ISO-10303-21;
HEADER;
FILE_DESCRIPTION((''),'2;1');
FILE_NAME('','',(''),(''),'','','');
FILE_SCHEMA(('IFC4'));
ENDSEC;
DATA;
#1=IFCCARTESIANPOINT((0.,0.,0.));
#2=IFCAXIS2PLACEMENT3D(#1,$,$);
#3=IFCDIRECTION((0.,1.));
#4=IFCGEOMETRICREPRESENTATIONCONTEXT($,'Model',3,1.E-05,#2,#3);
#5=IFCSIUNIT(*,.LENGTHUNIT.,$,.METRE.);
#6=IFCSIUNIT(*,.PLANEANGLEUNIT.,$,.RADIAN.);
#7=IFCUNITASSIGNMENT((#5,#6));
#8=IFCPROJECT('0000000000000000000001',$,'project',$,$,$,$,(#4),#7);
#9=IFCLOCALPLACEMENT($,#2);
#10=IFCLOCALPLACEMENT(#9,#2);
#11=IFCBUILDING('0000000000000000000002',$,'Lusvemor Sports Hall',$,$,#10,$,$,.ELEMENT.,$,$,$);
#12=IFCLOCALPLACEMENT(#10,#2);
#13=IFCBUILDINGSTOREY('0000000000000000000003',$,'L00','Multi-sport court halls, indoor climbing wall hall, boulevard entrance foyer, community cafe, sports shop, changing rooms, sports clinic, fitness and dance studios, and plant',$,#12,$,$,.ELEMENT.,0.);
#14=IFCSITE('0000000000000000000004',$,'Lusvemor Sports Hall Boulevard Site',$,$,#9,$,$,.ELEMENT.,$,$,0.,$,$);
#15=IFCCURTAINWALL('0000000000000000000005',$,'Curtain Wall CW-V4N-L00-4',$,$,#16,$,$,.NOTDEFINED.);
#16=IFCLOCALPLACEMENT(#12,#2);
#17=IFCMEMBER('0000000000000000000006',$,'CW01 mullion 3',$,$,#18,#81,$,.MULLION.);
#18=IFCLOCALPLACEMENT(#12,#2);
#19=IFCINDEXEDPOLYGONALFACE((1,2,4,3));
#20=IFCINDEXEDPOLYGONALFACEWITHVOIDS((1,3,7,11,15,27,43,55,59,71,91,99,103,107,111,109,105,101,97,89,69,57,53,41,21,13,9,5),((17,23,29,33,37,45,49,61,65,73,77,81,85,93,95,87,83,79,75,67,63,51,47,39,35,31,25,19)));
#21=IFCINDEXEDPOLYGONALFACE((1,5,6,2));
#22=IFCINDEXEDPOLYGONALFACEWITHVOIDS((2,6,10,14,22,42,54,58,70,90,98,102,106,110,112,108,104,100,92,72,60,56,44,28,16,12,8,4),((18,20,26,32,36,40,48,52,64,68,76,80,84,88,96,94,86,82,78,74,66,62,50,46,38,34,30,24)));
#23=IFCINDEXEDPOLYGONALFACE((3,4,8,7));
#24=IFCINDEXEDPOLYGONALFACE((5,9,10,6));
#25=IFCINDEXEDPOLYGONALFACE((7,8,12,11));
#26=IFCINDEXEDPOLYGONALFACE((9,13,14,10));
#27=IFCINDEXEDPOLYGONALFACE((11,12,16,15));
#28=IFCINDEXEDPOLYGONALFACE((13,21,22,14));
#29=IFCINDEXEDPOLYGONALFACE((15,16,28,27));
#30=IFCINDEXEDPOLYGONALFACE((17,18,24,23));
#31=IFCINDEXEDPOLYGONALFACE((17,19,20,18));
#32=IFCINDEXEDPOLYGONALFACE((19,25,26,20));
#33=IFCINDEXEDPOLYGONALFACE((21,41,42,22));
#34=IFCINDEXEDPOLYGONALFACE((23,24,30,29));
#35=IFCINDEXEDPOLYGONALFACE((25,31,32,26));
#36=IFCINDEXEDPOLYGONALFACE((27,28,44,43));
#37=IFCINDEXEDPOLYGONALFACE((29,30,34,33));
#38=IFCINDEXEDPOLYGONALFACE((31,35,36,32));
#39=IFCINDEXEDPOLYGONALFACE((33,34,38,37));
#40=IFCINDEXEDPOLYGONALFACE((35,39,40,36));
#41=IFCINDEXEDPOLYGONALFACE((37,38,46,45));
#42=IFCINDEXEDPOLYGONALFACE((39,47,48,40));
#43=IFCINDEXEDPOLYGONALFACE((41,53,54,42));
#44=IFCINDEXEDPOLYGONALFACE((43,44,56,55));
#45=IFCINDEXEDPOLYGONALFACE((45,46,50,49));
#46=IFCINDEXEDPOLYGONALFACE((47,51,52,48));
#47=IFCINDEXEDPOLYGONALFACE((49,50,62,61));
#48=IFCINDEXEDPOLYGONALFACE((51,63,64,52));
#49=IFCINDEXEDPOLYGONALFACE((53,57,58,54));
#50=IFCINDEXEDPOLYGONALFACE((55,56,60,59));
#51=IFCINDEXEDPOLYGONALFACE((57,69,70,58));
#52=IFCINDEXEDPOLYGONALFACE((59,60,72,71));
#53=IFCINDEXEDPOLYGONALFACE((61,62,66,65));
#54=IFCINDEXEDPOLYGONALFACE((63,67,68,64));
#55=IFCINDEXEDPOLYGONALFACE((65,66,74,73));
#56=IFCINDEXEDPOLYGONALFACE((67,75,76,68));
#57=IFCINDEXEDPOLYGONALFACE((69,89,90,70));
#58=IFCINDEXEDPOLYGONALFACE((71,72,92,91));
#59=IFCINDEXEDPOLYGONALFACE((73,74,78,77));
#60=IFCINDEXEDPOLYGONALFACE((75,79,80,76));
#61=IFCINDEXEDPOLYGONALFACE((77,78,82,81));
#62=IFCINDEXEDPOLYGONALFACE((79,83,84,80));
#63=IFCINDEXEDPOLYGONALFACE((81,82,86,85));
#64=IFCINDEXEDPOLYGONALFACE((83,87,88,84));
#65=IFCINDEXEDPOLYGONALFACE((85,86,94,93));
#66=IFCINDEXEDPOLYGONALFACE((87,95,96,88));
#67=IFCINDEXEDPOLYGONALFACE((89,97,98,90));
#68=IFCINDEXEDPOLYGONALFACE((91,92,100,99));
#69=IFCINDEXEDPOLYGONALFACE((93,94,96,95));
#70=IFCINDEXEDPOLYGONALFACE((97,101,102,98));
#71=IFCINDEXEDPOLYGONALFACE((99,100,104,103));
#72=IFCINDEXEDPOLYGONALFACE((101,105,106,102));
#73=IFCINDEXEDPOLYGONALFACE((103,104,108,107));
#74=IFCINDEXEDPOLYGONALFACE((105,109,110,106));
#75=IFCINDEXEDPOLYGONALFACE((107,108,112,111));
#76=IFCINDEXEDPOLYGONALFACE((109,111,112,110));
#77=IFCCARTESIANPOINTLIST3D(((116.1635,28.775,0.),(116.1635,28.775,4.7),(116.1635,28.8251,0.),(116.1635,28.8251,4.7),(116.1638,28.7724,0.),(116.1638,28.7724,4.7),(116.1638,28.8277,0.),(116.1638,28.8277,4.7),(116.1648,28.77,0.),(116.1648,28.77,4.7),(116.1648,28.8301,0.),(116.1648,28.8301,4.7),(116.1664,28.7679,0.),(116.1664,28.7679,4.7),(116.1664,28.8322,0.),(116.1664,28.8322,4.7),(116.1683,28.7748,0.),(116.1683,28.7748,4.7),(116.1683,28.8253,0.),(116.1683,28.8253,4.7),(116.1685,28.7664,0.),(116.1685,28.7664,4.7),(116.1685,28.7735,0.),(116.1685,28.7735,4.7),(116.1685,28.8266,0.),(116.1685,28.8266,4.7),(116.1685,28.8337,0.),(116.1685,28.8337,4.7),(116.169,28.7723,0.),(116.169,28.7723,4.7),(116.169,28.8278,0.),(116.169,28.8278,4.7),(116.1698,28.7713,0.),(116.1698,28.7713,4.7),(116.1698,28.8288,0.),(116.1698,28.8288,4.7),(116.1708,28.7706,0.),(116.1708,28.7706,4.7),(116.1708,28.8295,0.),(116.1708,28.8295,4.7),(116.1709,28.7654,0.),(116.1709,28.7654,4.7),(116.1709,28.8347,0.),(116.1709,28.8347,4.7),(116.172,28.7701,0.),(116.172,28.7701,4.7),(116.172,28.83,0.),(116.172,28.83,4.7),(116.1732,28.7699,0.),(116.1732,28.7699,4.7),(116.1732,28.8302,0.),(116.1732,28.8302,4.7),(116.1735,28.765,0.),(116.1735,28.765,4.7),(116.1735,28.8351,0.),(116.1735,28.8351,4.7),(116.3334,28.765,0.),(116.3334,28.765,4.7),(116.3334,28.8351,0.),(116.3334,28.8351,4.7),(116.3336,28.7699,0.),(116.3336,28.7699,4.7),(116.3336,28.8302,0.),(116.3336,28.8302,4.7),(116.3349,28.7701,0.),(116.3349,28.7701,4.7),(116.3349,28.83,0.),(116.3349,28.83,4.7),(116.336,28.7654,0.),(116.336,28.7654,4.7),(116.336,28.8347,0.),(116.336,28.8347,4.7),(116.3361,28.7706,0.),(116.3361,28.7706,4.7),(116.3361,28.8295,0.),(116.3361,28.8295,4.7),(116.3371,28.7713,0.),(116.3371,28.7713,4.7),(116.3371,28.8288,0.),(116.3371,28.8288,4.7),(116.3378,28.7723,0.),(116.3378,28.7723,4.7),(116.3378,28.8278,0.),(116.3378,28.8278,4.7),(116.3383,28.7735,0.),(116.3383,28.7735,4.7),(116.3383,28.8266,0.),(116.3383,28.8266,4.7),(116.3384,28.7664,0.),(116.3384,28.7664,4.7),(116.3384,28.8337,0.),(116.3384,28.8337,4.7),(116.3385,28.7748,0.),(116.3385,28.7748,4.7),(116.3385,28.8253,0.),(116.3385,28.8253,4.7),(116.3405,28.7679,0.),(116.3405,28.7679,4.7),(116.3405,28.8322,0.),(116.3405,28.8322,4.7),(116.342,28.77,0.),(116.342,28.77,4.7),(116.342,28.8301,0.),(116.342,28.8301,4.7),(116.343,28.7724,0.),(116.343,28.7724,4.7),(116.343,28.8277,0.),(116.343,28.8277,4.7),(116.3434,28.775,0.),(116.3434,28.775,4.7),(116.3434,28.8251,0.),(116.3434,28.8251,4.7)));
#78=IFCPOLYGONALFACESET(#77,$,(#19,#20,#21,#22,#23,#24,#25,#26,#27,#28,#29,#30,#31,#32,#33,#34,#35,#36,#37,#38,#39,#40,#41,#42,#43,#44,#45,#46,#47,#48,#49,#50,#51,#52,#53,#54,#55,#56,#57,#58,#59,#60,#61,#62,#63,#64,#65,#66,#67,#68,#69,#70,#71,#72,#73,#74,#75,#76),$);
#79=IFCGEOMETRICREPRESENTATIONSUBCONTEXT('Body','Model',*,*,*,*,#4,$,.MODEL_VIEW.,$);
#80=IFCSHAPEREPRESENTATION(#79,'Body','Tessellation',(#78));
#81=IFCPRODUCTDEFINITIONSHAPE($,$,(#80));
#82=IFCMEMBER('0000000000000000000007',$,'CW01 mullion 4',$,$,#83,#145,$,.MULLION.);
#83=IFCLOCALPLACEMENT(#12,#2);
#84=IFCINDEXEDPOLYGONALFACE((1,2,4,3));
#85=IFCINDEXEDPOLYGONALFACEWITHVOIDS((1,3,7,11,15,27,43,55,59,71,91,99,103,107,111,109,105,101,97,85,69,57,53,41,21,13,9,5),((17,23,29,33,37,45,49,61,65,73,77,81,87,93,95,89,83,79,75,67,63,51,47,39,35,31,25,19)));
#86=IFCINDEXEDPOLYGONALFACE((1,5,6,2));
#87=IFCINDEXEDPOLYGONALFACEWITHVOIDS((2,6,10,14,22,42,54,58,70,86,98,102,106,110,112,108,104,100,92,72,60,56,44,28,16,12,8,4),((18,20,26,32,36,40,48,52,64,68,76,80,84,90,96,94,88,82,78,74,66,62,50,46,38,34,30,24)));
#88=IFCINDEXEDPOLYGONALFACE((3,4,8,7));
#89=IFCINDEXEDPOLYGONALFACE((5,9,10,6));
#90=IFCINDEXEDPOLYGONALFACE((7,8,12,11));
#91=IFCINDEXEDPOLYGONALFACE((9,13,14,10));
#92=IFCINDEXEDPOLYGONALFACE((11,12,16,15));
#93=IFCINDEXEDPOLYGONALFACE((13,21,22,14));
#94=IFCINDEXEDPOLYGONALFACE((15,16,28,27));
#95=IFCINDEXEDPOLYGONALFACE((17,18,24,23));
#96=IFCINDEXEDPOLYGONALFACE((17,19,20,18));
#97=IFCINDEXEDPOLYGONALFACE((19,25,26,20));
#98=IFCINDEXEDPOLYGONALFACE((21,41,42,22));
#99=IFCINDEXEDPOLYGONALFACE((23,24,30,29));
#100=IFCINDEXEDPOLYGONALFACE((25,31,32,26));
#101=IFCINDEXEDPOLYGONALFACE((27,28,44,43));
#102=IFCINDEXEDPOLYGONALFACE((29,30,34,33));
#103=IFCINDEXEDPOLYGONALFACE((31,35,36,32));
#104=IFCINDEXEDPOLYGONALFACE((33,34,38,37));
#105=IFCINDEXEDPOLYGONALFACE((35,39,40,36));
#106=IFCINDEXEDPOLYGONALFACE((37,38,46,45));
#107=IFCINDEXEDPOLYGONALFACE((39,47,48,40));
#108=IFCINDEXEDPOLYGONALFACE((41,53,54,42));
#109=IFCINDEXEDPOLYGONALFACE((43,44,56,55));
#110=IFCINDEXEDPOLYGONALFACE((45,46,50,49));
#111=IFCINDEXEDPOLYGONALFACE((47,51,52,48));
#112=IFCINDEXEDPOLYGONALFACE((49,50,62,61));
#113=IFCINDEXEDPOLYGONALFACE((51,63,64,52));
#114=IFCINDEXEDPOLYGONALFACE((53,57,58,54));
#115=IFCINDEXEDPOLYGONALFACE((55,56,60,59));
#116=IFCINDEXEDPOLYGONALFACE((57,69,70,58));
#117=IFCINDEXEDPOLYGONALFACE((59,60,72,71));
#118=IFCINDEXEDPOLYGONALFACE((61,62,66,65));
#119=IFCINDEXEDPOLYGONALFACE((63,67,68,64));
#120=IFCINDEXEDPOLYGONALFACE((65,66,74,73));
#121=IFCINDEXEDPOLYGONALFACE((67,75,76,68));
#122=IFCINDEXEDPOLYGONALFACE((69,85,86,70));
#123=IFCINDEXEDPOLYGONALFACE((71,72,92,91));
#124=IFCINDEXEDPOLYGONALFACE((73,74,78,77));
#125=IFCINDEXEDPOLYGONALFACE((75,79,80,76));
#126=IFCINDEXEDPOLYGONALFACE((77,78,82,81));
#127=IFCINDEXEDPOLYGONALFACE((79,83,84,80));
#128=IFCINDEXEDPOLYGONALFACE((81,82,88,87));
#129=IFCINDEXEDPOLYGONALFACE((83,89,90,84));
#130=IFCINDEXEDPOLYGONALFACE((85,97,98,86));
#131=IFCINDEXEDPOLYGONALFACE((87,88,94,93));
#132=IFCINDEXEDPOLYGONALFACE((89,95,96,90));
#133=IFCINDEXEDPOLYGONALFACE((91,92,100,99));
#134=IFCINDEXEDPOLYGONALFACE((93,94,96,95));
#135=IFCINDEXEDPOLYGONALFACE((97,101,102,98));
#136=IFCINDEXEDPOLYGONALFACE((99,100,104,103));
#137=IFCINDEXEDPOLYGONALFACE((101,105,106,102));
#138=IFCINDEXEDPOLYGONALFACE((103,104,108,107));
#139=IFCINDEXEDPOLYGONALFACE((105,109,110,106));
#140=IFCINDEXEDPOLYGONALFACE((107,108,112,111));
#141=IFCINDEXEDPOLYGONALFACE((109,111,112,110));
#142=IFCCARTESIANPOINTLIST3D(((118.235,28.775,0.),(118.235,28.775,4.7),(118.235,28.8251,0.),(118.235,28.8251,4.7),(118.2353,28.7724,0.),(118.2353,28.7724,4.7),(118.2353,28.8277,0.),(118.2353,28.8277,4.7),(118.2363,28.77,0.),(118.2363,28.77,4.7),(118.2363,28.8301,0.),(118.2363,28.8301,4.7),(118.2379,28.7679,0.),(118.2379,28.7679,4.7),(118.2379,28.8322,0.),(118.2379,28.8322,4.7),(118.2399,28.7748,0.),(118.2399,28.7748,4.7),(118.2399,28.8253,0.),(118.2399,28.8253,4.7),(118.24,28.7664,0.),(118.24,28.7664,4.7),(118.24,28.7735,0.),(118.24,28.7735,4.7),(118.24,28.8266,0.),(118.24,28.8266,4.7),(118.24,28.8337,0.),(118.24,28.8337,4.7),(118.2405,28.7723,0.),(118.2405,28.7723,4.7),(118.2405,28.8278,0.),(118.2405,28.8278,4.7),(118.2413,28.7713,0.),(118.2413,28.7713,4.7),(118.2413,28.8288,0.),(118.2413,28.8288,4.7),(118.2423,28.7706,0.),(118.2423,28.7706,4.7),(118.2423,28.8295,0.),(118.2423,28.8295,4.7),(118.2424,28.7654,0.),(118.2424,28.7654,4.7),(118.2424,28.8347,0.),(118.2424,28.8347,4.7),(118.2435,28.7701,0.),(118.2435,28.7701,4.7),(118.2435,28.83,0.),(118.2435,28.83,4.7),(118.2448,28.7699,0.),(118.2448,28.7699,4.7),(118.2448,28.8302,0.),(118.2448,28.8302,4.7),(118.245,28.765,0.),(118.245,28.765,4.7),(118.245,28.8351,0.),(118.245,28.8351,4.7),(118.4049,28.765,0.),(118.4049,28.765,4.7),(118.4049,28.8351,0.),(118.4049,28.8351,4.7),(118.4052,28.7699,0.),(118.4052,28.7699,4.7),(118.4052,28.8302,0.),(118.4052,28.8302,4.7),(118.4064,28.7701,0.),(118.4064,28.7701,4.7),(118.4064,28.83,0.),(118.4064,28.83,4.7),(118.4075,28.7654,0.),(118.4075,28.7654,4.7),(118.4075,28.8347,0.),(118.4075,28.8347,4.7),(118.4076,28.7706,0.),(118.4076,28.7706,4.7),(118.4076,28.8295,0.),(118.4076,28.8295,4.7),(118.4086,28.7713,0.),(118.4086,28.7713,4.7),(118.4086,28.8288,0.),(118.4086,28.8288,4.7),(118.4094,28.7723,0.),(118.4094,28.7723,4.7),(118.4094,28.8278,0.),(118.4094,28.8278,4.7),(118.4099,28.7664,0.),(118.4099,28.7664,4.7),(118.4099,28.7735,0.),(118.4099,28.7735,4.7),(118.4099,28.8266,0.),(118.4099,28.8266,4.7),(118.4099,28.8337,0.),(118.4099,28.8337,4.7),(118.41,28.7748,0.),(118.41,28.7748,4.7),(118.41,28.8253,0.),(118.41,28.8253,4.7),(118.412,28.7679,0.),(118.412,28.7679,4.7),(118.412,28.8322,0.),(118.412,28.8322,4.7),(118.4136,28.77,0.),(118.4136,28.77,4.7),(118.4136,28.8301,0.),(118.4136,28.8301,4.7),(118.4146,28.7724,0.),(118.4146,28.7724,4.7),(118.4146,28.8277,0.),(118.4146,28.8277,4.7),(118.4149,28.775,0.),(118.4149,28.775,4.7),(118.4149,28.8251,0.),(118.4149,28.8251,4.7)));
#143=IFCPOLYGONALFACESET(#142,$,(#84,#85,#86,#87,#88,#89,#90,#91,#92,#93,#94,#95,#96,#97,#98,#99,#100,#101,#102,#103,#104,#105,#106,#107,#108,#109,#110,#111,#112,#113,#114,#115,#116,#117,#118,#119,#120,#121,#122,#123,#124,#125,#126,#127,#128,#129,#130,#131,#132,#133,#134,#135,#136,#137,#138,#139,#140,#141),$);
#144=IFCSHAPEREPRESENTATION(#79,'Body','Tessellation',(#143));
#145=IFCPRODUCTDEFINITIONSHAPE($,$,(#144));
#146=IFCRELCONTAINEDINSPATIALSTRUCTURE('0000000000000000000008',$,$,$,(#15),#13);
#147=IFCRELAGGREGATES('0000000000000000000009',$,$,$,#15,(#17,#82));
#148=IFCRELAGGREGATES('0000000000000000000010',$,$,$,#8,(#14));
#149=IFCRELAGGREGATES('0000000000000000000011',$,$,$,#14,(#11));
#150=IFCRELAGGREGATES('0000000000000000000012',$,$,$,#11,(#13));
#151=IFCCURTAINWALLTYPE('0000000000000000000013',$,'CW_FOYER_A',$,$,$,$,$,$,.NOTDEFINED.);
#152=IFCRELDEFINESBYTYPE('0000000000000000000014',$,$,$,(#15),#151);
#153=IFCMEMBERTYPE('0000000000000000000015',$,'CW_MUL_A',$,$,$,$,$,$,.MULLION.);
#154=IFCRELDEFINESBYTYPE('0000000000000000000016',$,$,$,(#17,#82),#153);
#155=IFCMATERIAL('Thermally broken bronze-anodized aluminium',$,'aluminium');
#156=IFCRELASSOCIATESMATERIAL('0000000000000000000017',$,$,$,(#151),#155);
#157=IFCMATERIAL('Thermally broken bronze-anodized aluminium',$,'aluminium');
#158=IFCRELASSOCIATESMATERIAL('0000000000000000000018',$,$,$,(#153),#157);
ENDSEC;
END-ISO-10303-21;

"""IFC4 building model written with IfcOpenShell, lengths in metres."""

from ifc_helpers import new_model, si_unit, direction, frame, origin, origin_2d, place, context, subcontext, project, spatial, hollow_rectangle, extrude, material, material_profile, profile_set, type_object, element, aggregate, save


model = new_model("IFC4")

# Units and contexts
model_context = context("Model", 3, precision=1e-05, world=origin(), true_north=direction((0.0, 1.0)))
body_context = subcontext(model_context, "Body", "Model", "MODEL_VIEW")
ifc_project = project(units=[si_unit("LENGTHUNIT", "METRE"), si_unit("PLANEANGLEUNIT", "RADIAN")], contexts=[model_context])

# Site, building, storey
site_placement = place(None, origin())
site = spatial("IfcSite", under=ifc_project, at=site_placement, Name="Lusvemor Sports Hall Boulevard Site", CompositionType="ELEMENT", RefElevation=0.0)
building_placement = place(site_placement, origin())
building = spatial("IfcBuilding", under=site, at=building_placement, Name="Lusvemor Sports Hall", CompositionType="ELEMENT")
storey_placement = place(building_placement, origin())
storey = spatial("IfcBuildingStorey", under=building, at=storey_placement, Name="L00", Description="Multi-sport court halls, indoor climbing wall hall, boulevard entrance foyer, community cafe, sports shop, changing rooms, sports clinic, fitness and dance studios, and plant", CompositionType="ELEMENT", Elevation=0.0)

# Curtain wall, members
ifc_material_1 = material(Name="Thermally broken bronze-anodized aluminium", Category="aluminium")
curtain_wall_type = type_object("IfcCurtainWallType", Name="CW_FOYER_A", PredefinedType="NOTDEFINED", material=ifc_material_1)
curtain_wall_placement = place(storey_placement, origin())
curtain_wall = element("IfcCurtainWall", 1, at=curtain_wall_placement, inside=storey, type_object=curtain_wall_type, Name="Curtain Wall CW-V4N-L00-4", PredefinedType="NOTDEFINED")
ifc_material_2 = material(Name="Thermally broken bronze-anodized aluminium", Category="aluminium")
ifc_material_profile_1 = material_profile(ifc_material_2, hollow_rectangle(XDim=0.0701, YDim=0.1799, WallThickness=0.0049, InnerFilletRadius=0.0049, OuterFilletRadius=0.01, at=origin_2d()), Name="CWMUL180x70x5")
ifc_profile_set_1 = profile_set([ifc_material_profile_1], Name="Thermally broken bronze-anodized aluminium")
member_type_1 = type_object("IfcMemberType", Name="CW_MUL_A", PredefinedType="MULLION", material=ifc_profile_set_1)
member_1_placement = place(storey_placement, frame((116.2534, 28.8, 0.0), z_axis=(0.0, 0.0, 1.0), x_axis=(0.0, 1.0, 0.0)))
member_1 = element("IfcMember", 2, at=member_1_placement, type_object=member_type_1, Name="CW01 mullion 3", PredefinedType="MULLION", context=body_context, shape_type="SweptSolid", body=[
    extrude(hollow_rectangle(XDim=0.0701, YDim=0.1799, WallThickness=0.0049, InnerFilletRadius=0.0049, OuterFilletRadius=0.01, at=origin_2d()), origin(), (0.0, 0.0, 1.0), 4.7),
])
member_2_placement = place(storey_placement, frame((118.325, 28.8, 0.0), z_axis=(0.0, 0.0, 1.0), x_axis=(0.0, 1.0, 0.0)))
member_2 = element("IfcMember", 3, at=member_2_placement, type_object=member_type_1, Name="CW01 mullion 4", PredefinedType="MULLION", context=body_context, shape_type="SweptSolid", body=[
    extrude(hollow_rectangle(XDim=0.0701, YDim=0.1799, WallThickness=0.0049, InnerFilletRadius=0.0049, OuterFilletRadius=0.01, at=origin_2d()), origin(), (0.0, 0.0, 1.0), 4.7),
])
aggregate(curtain_wall, [member_1, member_2])

save(model, "model.ifc")
